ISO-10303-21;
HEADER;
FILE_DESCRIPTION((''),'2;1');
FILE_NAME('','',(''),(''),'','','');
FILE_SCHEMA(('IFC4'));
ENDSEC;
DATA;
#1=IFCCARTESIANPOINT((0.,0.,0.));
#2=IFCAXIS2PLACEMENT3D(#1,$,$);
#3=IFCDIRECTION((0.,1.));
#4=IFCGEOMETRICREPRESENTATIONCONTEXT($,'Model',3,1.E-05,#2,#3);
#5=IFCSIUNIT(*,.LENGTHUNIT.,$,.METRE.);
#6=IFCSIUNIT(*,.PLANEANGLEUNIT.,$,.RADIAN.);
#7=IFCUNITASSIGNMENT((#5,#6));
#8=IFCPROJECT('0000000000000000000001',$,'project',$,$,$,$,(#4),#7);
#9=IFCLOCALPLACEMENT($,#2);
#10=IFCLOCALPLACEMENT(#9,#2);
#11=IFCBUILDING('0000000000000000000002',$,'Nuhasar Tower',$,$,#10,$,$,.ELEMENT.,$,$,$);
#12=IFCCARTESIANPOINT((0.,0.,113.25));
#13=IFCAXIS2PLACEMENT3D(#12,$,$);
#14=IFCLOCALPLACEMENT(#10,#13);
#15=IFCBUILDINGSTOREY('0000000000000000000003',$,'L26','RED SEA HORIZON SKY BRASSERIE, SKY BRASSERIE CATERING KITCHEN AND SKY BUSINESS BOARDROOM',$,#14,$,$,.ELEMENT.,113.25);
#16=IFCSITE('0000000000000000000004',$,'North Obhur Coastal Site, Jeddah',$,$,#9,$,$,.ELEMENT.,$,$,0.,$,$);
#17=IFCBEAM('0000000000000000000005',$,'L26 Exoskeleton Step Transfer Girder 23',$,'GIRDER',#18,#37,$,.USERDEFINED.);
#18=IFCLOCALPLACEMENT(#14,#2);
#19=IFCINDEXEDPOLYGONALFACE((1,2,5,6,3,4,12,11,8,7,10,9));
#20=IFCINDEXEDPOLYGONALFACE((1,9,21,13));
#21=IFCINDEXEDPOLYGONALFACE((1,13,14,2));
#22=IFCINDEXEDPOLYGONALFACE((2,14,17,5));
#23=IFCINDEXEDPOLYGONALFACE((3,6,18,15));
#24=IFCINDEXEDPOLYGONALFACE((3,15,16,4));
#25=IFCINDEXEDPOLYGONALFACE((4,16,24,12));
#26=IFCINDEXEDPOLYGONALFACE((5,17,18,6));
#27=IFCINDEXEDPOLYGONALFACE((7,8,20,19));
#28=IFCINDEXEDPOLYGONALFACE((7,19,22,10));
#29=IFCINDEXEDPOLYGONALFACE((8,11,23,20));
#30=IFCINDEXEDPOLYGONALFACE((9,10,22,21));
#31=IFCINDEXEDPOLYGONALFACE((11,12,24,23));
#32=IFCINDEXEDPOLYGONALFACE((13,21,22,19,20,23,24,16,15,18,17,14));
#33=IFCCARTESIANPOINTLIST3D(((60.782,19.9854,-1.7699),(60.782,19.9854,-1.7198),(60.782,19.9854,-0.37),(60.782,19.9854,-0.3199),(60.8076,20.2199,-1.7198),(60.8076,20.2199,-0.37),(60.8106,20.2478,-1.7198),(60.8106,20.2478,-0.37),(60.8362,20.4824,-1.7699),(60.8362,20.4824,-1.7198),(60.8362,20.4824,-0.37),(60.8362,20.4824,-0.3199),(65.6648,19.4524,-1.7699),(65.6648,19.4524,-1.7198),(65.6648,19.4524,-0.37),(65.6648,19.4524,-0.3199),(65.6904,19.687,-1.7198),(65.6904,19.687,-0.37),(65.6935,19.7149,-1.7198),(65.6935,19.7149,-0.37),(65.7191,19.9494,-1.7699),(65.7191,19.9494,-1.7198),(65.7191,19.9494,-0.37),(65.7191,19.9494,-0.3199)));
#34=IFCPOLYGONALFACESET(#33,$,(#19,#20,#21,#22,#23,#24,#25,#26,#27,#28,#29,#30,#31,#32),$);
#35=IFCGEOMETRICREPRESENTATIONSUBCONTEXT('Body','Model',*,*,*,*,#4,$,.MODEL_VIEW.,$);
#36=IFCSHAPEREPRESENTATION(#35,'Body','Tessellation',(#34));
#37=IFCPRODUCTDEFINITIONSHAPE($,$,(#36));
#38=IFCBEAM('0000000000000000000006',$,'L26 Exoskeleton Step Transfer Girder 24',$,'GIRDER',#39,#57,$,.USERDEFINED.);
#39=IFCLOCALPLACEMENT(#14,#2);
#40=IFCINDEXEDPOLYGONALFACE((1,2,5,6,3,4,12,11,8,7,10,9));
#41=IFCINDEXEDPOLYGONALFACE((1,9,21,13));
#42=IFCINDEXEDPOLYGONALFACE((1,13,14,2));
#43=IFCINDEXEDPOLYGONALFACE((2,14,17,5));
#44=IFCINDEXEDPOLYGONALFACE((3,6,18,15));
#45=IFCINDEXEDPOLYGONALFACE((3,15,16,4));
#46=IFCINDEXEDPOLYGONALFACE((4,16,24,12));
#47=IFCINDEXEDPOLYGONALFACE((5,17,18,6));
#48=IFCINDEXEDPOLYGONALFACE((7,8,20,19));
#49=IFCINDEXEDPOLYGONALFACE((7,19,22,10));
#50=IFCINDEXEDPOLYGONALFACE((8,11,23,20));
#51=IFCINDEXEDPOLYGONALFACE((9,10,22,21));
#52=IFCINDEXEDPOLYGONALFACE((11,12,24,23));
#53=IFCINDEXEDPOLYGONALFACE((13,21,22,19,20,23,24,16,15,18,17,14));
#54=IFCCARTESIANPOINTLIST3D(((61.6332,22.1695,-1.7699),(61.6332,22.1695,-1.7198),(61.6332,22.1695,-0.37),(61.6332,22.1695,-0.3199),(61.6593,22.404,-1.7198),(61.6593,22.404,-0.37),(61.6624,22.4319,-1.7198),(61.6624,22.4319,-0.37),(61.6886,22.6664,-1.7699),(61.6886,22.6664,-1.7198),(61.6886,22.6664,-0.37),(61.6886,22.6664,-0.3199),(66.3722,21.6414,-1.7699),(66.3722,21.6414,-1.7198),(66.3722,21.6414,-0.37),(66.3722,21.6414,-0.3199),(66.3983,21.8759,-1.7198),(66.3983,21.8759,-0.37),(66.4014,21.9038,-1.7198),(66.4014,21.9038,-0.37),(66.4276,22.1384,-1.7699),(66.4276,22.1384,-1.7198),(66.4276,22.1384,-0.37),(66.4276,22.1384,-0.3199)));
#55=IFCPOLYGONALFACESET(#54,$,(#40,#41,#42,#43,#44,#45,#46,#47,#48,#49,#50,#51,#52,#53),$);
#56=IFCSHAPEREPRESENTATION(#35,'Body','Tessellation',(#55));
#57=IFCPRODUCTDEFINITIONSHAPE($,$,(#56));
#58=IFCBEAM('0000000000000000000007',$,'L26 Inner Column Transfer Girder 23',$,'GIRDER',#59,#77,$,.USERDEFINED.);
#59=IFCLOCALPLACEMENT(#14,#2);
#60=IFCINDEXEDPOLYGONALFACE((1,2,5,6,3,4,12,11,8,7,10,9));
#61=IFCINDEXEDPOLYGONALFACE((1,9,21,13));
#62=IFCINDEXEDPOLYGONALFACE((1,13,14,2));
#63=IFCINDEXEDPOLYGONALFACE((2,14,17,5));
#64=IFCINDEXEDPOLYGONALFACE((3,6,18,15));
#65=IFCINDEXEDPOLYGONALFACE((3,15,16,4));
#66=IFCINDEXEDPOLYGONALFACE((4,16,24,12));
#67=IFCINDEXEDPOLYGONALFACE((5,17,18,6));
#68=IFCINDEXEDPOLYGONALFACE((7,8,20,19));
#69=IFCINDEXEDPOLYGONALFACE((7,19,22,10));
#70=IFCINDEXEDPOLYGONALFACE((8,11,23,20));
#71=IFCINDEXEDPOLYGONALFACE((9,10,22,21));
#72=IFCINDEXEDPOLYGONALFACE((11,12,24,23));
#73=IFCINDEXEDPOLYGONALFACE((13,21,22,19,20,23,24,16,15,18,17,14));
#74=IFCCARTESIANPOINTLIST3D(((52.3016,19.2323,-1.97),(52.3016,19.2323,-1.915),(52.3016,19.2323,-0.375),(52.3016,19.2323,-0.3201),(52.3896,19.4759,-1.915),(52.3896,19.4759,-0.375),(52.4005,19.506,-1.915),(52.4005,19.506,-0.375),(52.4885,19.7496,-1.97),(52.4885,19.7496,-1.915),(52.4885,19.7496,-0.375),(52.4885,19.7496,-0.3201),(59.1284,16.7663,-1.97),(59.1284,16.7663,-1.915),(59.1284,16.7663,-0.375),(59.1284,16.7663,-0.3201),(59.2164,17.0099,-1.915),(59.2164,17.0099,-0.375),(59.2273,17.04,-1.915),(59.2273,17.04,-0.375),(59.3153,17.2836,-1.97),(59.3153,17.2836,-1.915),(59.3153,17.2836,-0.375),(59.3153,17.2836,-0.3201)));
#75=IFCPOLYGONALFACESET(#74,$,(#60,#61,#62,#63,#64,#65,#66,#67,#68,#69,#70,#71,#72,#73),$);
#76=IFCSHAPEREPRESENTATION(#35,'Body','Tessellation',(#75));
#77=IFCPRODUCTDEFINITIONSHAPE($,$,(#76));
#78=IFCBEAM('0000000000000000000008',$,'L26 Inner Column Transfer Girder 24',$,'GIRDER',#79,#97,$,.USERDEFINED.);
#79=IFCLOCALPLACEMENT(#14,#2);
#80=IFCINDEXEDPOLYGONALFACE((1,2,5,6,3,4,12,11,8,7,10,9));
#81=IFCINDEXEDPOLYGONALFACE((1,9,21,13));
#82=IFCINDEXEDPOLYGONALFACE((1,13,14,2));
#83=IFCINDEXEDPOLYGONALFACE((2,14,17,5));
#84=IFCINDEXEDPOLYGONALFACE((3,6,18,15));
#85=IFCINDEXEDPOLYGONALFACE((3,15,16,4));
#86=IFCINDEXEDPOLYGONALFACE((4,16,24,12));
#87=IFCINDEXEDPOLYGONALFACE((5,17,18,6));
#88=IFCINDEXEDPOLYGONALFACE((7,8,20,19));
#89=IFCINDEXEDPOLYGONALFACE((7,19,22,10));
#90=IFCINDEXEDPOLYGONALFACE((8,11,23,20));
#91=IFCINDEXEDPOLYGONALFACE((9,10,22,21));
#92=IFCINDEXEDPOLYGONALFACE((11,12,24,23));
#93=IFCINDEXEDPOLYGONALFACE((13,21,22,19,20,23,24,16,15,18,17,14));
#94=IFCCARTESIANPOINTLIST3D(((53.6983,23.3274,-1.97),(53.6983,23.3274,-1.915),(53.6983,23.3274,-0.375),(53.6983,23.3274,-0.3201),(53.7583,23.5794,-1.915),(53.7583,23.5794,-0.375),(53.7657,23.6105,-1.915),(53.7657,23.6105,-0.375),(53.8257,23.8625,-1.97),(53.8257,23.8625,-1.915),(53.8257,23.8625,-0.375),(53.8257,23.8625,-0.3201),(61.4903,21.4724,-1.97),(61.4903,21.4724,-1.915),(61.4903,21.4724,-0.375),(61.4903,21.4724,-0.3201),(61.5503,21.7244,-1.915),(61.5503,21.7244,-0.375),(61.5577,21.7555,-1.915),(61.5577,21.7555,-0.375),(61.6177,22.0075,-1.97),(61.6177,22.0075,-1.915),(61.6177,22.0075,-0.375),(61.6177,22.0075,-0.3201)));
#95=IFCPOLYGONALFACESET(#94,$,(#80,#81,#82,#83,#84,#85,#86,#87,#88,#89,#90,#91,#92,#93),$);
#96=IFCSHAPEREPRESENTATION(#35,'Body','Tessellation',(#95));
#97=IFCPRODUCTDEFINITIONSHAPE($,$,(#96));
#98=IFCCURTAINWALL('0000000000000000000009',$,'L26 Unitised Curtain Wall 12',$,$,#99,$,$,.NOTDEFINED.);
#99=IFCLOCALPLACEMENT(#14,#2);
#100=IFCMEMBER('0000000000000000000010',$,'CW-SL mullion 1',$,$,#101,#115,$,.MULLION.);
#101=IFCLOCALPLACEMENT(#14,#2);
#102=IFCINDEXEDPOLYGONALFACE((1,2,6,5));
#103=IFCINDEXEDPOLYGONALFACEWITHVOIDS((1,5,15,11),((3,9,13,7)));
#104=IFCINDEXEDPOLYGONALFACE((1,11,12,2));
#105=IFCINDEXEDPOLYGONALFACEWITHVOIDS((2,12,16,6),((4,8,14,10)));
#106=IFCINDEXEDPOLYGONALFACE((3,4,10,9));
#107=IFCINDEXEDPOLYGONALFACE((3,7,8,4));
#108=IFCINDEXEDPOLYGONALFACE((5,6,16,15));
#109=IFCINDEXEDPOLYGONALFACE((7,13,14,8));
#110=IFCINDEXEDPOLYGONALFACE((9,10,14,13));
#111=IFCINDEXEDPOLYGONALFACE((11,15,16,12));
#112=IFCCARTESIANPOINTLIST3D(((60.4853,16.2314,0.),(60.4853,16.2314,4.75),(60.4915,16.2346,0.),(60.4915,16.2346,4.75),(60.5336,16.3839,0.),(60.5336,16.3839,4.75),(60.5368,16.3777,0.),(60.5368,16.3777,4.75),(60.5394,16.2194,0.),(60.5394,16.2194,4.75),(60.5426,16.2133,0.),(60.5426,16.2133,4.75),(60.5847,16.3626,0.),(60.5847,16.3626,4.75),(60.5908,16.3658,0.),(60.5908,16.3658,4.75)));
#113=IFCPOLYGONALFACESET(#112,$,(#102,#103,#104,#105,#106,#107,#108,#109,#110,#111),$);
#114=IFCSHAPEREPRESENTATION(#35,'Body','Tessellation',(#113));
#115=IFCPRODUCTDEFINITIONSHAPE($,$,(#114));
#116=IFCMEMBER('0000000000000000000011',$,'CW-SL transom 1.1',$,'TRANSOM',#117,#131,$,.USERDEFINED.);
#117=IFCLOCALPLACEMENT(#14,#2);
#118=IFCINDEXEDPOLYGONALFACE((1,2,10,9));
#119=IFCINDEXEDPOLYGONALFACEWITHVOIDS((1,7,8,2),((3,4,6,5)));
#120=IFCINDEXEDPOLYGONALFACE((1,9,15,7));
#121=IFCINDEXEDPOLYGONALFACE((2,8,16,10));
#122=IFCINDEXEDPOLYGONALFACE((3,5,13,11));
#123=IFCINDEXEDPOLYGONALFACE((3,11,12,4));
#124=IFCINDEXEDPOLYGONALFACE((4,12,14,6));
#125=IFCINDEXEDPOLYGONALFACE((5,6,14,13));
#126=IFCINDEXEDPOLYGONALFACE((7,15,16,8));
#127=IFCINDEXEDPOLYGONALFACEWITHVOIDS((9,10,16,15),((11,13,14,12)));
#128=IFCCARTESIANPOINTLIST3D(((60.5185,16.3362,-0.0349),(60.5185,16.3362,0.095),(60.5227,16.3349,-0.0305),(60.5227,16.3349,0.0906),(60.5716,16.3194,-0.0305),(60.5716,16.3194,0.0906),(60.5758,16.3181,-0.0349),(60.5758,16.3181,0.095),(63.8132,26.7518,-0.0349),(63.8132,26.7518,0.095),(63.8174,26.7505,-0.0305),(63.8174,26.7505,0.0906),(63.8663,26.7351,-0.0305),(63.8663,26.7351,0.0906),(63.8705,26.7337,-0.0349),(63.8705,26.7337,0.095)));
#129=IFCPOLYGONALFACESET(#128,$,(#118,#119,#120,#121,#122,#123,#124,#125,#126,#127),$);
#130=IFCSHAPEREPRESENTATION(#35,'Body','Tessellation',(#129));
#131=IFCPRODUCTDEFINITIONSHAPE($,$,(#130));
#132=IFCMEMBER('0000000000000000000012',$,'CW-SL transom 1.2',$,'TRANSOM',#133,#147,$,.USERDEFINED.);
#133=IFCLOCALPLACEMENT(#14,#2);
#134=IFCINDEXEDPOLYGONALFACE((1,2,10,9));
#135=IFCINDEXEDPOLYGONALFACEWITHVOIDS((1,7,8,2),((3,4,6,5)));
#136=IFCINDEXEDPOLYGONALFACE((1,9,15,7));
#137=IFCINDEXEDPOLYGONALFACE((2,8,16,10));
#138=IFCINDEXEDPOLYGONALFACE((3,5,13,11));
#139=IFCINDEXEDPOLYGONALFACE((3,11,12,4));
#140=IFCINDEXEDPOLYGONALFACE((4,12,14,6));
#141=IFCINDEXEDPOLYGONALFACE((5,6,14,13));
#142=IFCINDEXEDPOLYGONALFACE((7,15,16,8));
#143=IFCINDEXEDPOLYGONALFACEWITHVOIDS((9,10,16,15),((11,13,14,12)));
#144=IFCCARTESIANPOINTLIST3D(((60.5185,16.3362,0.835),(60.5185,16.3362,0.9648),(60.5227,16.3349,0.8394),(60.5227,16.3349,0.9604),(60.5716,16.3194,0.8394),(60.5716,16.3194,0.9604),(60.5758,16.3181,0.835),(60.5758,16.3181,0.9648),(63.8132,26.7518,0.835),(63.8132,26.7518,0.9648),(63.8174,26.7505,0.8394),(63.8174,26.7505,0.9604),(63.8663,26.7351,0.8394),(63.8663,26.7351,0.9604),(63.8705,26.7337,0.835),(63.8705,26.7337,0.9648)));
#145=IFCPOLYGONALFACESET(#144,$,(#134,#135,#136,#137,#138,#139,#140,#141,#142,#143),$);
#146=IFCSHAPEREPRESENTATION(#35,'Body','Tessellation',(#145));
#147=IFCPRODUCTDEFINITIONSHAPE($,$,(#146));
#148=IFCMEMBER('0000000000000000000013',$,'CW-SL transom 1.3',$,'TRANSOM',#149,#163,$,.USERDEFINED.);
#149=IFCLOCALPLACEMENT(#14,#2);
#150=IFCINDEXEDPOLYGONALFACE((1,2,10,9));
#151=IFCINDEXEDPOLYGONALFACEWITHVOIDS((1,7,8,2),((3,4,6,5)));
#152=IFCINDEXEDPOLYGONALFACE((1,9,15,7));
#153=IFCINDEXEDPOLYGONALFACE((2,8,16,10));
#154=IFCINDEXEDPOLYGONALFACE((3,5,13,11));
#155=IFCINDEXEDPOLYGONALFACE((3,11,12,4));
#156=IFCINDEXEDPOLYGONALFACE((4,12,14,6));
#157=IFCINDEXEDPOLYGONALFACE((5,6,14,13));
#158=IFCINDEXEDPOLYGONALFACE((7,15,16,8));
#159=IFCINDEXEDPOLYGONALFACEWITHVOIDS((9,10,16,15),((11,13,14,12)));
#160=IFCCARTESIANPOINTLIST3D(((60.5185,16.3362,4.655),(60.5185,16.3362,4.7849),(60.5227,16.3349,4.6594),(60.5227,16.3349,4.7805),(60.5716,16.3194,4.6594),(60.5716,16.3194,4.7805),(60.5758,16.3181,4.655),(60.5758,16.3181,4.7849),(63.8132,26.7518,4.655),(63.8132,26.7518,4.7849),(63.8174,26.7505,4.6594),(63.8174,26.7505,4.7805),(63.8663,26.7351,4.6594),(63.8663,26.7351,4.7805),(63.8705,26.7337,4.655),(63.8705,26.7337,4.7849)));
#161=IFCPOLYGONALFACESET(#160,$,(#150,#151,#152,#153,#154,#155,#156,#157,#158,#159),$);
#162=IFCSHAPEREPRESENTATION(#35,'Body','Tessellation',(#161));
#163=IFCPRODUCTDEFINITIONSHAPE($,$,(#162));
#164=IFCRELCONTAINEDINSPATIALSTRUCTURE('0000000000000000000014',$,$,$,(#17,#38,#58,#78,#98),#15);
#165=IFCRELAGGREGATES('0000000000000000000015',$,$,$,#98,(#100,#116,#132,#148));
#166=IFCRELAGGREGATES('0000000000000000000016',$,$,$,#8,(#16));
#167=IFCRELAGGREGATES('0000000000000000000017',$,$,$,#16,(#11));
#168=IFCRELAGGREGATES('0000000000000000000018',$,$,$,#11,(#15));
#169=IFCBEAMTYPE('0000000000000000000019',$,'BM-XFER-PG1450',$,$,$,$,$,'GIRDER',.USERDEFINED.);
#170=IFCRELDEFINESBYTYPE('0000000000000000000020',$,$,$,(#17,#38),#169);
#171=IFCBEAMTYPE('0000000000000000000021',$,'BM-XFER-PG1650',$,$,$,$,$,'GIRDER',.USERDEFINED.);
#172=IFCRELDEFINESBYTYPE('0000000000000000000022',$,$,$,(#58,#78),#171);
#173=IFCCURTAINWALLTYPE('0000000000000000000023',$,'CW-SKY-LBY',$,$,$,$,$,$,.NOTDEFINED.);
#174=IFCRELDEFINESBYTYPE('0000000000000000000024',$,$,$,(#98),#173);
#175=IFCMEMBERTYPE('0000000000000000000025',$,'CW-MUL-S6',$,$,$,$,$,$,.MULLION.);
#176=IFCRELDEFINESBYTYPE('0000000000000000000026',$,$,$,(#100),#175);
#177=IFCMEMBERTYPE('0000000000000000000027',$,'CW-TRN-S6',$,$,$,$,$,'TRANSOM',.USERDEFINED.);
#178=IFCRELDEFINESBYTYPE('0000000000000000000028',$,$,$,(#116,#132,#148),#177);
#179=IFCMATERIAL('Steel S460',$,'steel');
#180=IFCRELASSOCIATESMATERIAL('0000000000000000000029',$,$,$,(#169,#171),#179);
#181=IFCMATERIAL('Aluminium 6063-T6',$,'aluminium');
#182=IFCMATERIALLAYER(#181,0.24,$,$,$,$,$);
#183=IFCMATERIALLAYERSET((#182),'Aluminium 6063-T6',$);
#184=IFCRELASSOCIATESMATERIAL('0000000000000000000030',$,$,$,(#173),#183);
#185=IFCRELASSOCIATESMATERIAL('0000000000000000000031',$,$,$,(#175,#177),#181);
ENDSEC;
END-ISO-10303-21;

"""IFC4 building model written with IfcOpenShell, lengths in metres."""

from ifc_helpers import new_model, si_unit, direction, frame, origin, origin_2d, place, context, subcontext, project, spatial, hollow_rectangle, i_section, extrude, material, layer, layer_set, material_profile, profile_set, type_object, element, aggregate, save


model = new_model("IFC4")

# Units and contexts
model_context = context("Model", 3, precision=1e-05, world=origin(), true_north=direction((0.0, 1.0)))
body_context = subcontext(model_context, "Body", "Model", "MODEL_VIEW")
ifc_project = project(units=[si_unit("LENGTHUNIT", "METRE"), si_unit("PLANEANGLEUNIT", "RADIAN")], contexts=[model_context])

# Site, building, storey
site_placement = place(None, origin())
site = spatial("IfcSite", under=ifc_project, at=site_placement, Name="North Obhur Coastal Site, Jeddah", CompositionType="ELEMENT", RefElevation=0.0)
building_placement = place(site_placement, origin())
building = spatial("IfcBuilding", under=site, at=building_placement, Name="Nuhasar Tower", CompositionType="ELEMENT")
storey_placement = place(building_placement, frame((0.0, 0.0, 113.25)))
storey = spatial("IfcBuildingStorey", under=building, at=storey_placement, Name="L26", Description="RED SEA HORIZON SKY BRASSERIE, SKY BRASSERIE CATERING KITCHEN AND SKY BUSINESS BOARDROOM", CompositionType="ELEMENT", Elevation=113.25)

# Beams
ifc_material_1 = material(Name="Steel S460", Category="steel")
ifc_material_profile_1 = material_profile(ifc_material_1, i_section(OverallWidth=0.5, OverallDepth=1.45, WebThickness=0.0281, FlangeThickness=0.05, at=origin_2d()), Name="PG1450X500")
ifc_profile_set_1 = profile_set([ifc_material_profile_1], Name="Steel S460")
beam_type_1 = type_object("IfcBeamType", Name="BM-XFER-PG1450", ElementType="GIRDER", PredefinedType="USERDEFINED", material=ifc_profile_set_1)
beam_1_placement = place(storey_placement, frame((60.8091, 20.2339, -1.0449), z_axis=(0.994096, -0.108506, 0.0), x_axis=(0.108506, 0.994096, 0.0)))
element("IfcBeam", 1, at=beam_1_placement, inside=storey, type_object=beam_type_1, Name="L26 Exoskeleton Step Transfer Girder 23", ObjectType="GIRDER", PredefinedType="USERDEFINED", context=body_context, shape_type="SweptSolid", body=[
    extrude(i_section(OverallWidth=0.5, OverallDepth=1.45, WebThickness=0.0281, FlangeThickness=0.05, at=origin_2d()), origin(), (0.0, 0.0, 1.0), 4.9119),
])
beam_2_placement = place(storey_placement, frame((61.6609, 22.418, -1.0449), z_axis=(0.993849, -0.110746, 0.0), x_axis=(0.110746, 0.993849, 0.0)))
element("IfcBeam", 2, at=beam_2_placement, inside=storey, type_object=beam_type_1, Name="L26 Exoskeleton Step Transfer Girder 24", ObjectType="GIRDER", PredefinedType="USERDEFINED", context=body_context, shape_type="SweptSolid", body=[
    extrude(i_section(OverallWidth=0.5, OverallDepth=1.45, WebThickness=0.0281, FlangeThickness=0.05, at=origin_2d()), origin(), (0.0, 0.0, 1.0), 4.7683),
])
ifc_material_profile_2 = material_profile(ifc_material_1, i_section(OverallWidth=0.55, OverallDepth=1.6499, WebThickness=0.032, FlangeThickness=0.0549, at=origin_2d()), Name="PG1650X550")
ifc_profile_set_2 = profile_set([ifc_material_profile_2], Name="Steel S460")
beam_type_2 = type_object("IfcBeamType", Name="BM-XFER-PG1650", ElementType="GIRDER", PredefinedType="USERDEFINED", material=ifc_profile_set_2)
beam_3_placement = place(storey_placement, frame((52.395, 19.491, -1.145), z_axis=(0.940519, -0.339741, 0.0), x_axis=(0.339741, 0.940519, 0.0)))
element("IfcBeam", 3, at=beam_3_placement, inside=storey, type_object=beam_type_2, Name="L26 Inner Column Transfer Girder 23", ObjectType="GIRDER", PredefinedType="USERDEFINED", context=body_context, shape_type="SweptSolid", body=[
    extrude(i_section(OverallWidth=0.55, OverallDepth=1.6499, WebThickness=0.032, FlangeThickness=0.0549, at=origin_2d()), origin(), (0.0, 0.0, 1.0), 7.2585),
])
beam_4_placement = place(storey_placement, frame((53.762, 23.595, -1.145), z_axis=(0.972813, -0.23159, 0.0), x_axis=(0.23159, 0.972813, 0.0)))
element("IfcBeam", 4, at=beam_4_placement, inside=storey, type_object=beam_type_2, Name="L26 Inner Column Transfer Girder 24", ObjectType="GIRDER", PredefinedType="USERDEFINED", context=body_context, shape_type="SweptSolid", body=[
    extrude(i_section(OverallWidth=0.55, OverallDepth=1.6499, WebThickness=0.032, FlangeThickness=0.0549, at=origin_2d()), origin(), (0.0, 0.0, 1.0), 8.0098),
])

# Curtain wall, members
ifc_material_2 = material(Name="Aluminium 6063-T6", Category="aluminium")
ifc_layer_1 = layer(ifc_material_2, 0.24)
ifc_layer_set_1 = layer_set([ifc_layer_1], Name="Aluminium 6063-T6")
curtain_wall_type = type_object("IfcCurtainWallType", Name="CW-SKY-LBY", PredefinedType="NOTDEFINED", material=ifc_layer_set_1)
curtain_wall_placement = place(storey_placement, origin())
curtain_wall = element("IfcCurtainWall", 5, at=curtain_wall_placement, inside=storey, type_object=curtain_wall_type, Name="L26 Unitised Curtain Wall 12", PredefinedType="NOTDEFINED")
ifc_material_profile_3 = material_profile(ifc_material_2, hollow_rectangle(XDim=0.0601, YDim=0.1599, WallThickness=0.0049, at=origin_2d()), Name="CWM-6")
ifc_profile_set_3 = profile_set([ifc_material_profile_3], Name="Aluminium 6063-T6")
member_type_1 = type_object("IfcMemberType", Name="CW-MUL-S6", PredefinedType="MULLION", material=ifc_profile_set_3)
member_1_placement = place(storey_placement, frame((60.5381, 16.2986, 0.0), z_axis=(0.0, 0.0, 1.0), x_axis=(-0.953433, 0.301604, 0.0)))
member_1 = element("IfcMember", 6, at=member_1_placement, type_object=member_type_1, Name="CW-SL mullion 1", PredefinedType="MULLION", context=body_context, shape_type="SweptSolid", body=[
    extrude(hollow_rectangle(XDim=0.0601, YDim=0.1599, WallThickness=0.0049, at=origin_2d()), origin(), (0.0, 0.0, 1.0), 4.75),
])
ifc_material_profile_4 = material_profile(ifc_material_2, hollow_rectangle(XDim=0.0601, YDim=0.1299, WallThickness=0.0044, at=origin_2d()), Name="CWT-6")
ifc_profile_set_4 = profile_set([ifc_material_profile_4], Name="Aluminium 6063-T6")
member_type_2 = type_object("IfcMemberType", Name="CW-TRN-S6", ElementType="TRANSOM", PredefinedType="USERDEFINED", material=ifc_profile_set_4)
member_2_placement = place(storey_placement, frame((60.5471, 16.3271, 0.03), z_axis=(0.301594, 0.953436, 0.0), x_axis=(-0.953436, 0.301594, 0.0)))
member_2 = element("IfcMember", 7, at=member_2_placement, type_object=member_type_2, Name="CW-SL transom 1.1", ObjectType="TRANSOM", PredefinedType="USERDEFINED", context=body_context, shape_type="SweptSolid", body=[
    extrude(hollow_rectangle(XDim=0.0601, YDim=0.1299, WallThickness=0.0044, at=origin_2d()), origin(), (0.0, 0.0, 1.0), 10.9243),
])
member_3_placement = place(storey_placement, frame((60.5471, 16.3271, 0.8999), z_axis=(0.301594, 0.953436, 0.0), x_axis=(-0.953436, 0.301594, 0.0)))
member_3 = element("IfcMember", 8, at=member_3_placement, type_object=member_type_2, Name="CW-SL transom 1.2", ObjectType="TRANSOM", PredefinedType="USERDEFINED", context=body_context, shape_type="SweptSolid", body=[
    extrude(hollow_rectangle(XDim=0.0601, YDim=0.1299, WallThickness=0.0044, at=origin_2d()), origin(), (0.0, 0.0, 1.0), 10.9243),
])
member_4_placement = place(storey_placement, frame((60.5471, 16.3271, 4.72), z_axis=(0.301594, 0.953436, 0.0), x_axis=(-0.953436, 0.301594, 0.0)))
member_4 = element("IfcMember", 9, at=member_4_placement, type_object=member_type_2, Name="CW-SL transom 1.3", ObjectType="TRANSOM", PredefinedType="USERDEFINED", context=body_context, shape_type="SweptSolid", body=[
    extrude(hollow_rectangle(XDim=0.0601, YDim=0.1299, WallThickness=0.0044, at=origin_2d()), origin(), (0.0, 0.0, 1.0), 10.9243),
])

aggregate(curtain_wall, [member_1, member_2, member_3, member_4])

save(model, "model.ifc")
